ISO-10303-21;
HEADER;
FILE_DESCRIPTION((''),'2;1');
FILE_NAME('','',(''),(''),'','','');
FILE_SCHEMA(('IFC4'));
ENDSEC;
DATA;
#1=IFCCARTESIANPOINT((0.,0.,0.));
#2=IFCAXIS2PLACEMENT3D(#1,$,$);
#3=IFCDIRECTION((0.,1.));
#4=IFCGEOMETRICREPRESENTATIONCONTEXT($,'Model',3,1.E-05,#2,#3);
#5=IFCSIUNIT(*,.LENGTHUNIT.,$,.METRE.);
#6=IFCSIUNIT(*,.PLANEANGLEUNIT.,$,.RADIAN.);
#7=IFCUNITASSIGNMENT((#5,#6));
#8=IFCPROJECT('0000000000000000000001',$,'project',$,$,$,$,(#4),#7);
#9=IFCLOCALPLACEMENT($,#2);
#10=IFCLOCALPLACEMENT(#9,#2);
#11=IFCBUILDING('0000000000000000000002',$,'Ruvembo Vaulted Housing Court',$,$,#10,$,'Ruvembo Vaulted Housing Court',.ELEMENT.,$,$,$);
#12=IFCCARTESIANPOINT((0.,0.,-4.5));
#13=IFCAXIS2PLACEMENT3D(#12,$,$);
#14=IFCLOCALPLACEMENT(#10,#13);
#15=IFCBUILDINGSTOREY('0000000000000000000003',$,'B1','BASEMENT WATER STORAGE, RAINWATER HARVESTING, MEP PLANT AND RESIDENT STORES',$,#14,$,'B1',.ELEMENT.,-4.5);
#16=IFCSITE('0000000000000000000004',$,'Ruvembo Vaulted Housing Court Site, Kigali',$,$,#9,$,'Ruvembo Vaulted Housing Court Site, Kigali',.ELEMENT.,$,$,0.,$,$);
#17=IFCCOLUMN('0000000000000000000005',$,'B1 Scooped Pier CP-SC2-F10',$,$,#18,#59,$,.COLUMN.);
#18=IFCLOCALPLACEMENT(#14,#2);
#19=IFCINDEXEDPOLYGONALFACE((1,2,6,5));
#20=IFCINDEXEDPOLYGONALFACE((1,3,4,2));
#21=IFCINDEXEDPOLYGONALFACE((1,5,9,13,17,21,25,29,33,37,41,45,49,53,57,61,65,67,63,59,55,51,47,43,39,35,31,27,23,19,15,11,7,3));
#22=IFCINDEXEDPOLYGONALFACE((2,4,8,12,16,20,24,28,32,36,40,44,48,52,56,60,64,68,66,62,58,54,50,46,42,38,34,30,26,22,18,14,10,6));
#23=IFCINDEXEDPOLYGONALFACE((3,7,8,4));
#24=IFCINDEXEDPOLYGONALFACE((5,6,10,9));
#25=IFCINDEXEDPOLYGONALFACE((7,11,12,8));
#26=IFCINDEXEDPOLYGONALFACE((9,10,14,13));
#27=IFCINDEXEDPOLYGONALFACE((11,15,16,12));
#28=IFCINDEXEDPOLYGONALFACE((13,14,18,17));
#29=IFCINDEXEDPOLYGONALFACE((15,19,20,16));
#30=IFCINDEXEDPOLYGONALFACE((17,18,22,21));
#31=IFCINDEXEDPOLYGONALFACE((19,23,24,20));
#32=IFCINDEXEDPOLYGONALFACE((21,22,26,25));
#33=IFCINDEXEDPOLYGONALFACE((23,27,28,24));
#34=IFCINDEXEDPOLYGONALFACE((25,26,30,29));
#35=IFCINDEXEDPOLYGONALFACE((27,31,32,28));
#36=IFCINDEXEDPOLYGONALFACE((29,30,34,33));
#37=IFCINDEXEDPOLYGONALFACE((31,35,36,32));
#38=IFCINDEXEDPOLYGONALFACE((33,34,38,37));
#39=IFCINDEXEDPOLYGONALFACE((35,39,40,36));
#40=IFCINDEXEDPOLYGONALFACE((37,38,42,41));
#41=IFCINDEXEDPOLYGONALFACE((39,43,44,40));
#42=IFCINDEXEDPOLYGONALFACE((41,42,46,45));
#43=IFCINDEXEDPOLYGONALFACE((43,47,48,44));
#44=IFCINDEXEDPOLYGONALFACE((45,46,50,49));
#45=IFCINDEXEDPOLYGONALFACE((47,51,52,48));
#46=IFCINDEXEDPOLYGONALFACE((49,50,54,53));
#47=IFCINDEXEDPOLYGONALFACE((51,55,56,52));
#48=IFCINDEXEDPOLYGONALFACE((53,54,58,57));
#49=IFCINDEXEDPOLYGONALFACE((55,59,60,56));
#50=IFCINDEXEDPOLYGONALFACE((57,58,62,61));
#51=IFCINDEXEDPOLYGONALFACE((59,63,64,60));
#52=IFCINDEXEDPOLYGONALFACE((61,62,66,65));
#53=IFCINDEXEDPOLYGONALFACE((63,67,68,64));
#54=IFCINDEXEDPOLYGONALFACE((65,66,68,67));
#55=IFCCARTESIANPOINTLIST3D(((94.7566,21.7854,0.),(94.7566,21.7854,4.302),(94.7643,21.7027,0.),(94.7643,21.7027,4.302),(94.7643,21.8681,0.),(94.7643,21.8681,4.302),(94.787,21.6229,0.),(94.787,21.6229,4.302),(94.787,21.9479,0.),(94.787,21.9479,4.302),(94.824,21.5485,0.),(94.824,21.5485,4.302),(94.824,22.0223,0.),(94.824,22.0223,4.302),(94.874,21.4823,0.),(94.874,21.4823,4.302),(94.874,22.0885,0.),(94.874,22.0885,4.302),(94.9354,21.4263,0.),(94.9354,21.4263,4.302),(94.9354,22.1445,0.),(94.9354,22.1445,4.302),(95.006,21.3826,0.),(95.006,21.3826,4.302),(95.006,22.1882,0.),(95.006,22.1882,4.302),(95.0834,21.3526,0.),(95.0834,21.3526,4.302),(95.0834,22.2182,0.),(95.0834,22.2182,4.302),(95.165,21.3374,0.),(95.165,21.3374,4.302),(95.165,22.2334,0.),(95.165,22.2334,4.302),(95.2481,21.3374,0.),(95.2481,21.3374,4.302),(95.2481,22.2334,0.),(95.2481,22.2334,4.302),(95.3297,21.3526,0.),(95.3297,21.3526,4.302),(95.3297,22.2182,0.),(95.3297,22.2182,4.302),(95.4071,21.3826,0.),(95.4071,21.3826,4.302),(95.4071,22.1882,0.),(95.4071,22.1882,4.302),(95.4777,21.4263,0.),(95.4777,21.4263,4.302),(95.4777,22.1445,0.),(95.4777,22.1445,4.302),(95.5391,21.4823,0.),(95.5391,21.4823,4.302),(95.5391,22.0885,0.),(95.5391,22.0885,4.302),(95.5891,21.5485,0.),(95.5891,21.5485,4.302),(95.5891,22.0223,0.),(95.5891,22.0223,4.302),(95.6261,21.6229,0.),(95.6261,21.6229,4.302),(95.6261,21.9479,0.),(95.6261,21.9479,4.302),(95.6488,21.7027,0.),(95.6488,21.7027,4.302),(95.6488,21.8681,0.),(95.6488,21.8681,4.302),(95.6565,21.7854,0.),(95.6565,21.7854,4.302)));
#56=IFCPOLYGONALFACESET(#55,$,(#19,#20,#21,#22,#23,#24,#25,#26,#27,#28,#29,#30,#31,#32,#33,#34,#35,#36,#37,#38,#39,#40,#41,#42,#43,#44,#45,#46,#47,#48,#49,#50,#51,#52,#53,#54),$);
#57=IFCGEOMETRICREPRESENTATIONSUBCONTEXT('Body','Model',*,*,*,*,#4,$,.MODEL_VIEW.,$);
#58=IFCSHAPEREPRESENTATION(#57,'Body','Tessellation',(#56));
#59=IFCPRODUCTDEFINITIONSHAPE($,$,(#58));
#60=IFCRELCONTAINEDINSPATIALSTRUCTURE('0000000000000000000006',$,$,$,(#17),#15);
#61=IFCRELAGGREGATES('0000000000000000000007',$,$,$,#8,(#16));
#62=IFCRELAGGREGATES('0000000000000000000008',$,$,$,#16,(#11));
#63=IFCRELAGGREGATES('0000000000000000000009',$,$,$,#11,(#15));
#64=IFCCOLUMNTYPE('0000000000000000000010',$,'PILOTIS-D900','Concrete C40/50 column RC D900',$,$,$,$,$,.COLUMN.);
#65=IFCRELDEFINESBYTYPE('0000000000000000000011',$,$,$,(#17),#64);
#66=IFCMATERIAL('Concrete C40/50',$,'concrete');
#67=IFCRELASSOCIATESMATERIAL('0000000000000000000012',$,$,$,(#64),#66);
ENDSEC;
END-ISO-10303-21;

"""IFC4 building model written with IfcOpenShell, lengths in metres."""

from ifc_helpers import new_model, si_unit, direction, frame, origin, origin_2d, place, context, subcontext, project, spatial, circle, extrude, material, material_profile, profile_set, type_object, element, save


model = new_model("IFC4")

# Units and contexts
model_context = context("Model", 3, precision=1e-05, world=origin(), true_north=direction((0.0, 1.0)))
body_context = subcontext(model_context, "Body", "Model", "MODEL_VIEW")
ifc_project = project(units=[si_unit("LENGTHUNIT", "METRE"), si_unit("PLANEANGLEUNIT", "RADIAN")], contexts=[model_context])

# Site, building, storey
site_placement = place(None, origin())
site = spatial("IfcSite", under=ifc_project, at=site_placement, Name="Ruvembo Vaulted Housing Court Site, Kigali", LongName="Ruvembo Vaulted Housing Court Site, Kigali", CompositionType="ELEMENT", RefElevation=0.0)
building_placement = place(site_placement, origin())
building = spatial("IfcBuilding", under=site, at=building_placement, Name="Ruvembo Vaulted Housing Court", LongName="Ruvembo Vaulted Housing Court", CompositionType="ELEMENT")
storey_placement = place(building_placement, frame((0.0, 0.0, -4.5)))
storey = spatial("IfcBuildingStorey", under=building, at=storey_placement, Name="B1", Description="BASEMENT WATER STORAGE, RAINWATER HARVESTING, MEP PLANT AND RESIDENT STORES", LongName="B1", CompositionType="ELEMENT", Elevation=-4.5)

# Column
ifc_material_1 = material(Name="Concrete C40/50", Category="concrete")
ifc_material_profile_1 = material_profile(ifc_material_1, circle(Radius=0.45, at=origin_2d()), Name="RC D900")
ifc_profile_set_1 = profile_set([ifc_material_profile_1], Name="Concrete C40/50")
column_type_1 = type_object("IfcColumnType", Name="PILOTIS-D900", Description="Concrete C40/50 column RC D900", PredefinedType="COLUMN", material=ifc_profile_set_1)
for number, where, z_axis, x_axis, name in (
    (1, (95.2065, 21.7854, 0.0), (0.0, 0.0, 1.0), (1.0, 0.0, 0.0), "B1 Scooped Pier CP-SC2-F10"),
):
    element("IfcColumn", number, at=place(storey_placement, frame(where, z_axis=z_axis, x_axis=x_axis)), inside=storey, type_object=column_type_1, Name=name, PredefinedType="COLUMN", context=body_context, shape_type="SweptSolid", body=[
        extrude(circle(Radius=0.45, at=origin_2d()), origin(), (0.0, 0.0, 1.0), 4.302),
    ])

save(model, "model.ifc")
